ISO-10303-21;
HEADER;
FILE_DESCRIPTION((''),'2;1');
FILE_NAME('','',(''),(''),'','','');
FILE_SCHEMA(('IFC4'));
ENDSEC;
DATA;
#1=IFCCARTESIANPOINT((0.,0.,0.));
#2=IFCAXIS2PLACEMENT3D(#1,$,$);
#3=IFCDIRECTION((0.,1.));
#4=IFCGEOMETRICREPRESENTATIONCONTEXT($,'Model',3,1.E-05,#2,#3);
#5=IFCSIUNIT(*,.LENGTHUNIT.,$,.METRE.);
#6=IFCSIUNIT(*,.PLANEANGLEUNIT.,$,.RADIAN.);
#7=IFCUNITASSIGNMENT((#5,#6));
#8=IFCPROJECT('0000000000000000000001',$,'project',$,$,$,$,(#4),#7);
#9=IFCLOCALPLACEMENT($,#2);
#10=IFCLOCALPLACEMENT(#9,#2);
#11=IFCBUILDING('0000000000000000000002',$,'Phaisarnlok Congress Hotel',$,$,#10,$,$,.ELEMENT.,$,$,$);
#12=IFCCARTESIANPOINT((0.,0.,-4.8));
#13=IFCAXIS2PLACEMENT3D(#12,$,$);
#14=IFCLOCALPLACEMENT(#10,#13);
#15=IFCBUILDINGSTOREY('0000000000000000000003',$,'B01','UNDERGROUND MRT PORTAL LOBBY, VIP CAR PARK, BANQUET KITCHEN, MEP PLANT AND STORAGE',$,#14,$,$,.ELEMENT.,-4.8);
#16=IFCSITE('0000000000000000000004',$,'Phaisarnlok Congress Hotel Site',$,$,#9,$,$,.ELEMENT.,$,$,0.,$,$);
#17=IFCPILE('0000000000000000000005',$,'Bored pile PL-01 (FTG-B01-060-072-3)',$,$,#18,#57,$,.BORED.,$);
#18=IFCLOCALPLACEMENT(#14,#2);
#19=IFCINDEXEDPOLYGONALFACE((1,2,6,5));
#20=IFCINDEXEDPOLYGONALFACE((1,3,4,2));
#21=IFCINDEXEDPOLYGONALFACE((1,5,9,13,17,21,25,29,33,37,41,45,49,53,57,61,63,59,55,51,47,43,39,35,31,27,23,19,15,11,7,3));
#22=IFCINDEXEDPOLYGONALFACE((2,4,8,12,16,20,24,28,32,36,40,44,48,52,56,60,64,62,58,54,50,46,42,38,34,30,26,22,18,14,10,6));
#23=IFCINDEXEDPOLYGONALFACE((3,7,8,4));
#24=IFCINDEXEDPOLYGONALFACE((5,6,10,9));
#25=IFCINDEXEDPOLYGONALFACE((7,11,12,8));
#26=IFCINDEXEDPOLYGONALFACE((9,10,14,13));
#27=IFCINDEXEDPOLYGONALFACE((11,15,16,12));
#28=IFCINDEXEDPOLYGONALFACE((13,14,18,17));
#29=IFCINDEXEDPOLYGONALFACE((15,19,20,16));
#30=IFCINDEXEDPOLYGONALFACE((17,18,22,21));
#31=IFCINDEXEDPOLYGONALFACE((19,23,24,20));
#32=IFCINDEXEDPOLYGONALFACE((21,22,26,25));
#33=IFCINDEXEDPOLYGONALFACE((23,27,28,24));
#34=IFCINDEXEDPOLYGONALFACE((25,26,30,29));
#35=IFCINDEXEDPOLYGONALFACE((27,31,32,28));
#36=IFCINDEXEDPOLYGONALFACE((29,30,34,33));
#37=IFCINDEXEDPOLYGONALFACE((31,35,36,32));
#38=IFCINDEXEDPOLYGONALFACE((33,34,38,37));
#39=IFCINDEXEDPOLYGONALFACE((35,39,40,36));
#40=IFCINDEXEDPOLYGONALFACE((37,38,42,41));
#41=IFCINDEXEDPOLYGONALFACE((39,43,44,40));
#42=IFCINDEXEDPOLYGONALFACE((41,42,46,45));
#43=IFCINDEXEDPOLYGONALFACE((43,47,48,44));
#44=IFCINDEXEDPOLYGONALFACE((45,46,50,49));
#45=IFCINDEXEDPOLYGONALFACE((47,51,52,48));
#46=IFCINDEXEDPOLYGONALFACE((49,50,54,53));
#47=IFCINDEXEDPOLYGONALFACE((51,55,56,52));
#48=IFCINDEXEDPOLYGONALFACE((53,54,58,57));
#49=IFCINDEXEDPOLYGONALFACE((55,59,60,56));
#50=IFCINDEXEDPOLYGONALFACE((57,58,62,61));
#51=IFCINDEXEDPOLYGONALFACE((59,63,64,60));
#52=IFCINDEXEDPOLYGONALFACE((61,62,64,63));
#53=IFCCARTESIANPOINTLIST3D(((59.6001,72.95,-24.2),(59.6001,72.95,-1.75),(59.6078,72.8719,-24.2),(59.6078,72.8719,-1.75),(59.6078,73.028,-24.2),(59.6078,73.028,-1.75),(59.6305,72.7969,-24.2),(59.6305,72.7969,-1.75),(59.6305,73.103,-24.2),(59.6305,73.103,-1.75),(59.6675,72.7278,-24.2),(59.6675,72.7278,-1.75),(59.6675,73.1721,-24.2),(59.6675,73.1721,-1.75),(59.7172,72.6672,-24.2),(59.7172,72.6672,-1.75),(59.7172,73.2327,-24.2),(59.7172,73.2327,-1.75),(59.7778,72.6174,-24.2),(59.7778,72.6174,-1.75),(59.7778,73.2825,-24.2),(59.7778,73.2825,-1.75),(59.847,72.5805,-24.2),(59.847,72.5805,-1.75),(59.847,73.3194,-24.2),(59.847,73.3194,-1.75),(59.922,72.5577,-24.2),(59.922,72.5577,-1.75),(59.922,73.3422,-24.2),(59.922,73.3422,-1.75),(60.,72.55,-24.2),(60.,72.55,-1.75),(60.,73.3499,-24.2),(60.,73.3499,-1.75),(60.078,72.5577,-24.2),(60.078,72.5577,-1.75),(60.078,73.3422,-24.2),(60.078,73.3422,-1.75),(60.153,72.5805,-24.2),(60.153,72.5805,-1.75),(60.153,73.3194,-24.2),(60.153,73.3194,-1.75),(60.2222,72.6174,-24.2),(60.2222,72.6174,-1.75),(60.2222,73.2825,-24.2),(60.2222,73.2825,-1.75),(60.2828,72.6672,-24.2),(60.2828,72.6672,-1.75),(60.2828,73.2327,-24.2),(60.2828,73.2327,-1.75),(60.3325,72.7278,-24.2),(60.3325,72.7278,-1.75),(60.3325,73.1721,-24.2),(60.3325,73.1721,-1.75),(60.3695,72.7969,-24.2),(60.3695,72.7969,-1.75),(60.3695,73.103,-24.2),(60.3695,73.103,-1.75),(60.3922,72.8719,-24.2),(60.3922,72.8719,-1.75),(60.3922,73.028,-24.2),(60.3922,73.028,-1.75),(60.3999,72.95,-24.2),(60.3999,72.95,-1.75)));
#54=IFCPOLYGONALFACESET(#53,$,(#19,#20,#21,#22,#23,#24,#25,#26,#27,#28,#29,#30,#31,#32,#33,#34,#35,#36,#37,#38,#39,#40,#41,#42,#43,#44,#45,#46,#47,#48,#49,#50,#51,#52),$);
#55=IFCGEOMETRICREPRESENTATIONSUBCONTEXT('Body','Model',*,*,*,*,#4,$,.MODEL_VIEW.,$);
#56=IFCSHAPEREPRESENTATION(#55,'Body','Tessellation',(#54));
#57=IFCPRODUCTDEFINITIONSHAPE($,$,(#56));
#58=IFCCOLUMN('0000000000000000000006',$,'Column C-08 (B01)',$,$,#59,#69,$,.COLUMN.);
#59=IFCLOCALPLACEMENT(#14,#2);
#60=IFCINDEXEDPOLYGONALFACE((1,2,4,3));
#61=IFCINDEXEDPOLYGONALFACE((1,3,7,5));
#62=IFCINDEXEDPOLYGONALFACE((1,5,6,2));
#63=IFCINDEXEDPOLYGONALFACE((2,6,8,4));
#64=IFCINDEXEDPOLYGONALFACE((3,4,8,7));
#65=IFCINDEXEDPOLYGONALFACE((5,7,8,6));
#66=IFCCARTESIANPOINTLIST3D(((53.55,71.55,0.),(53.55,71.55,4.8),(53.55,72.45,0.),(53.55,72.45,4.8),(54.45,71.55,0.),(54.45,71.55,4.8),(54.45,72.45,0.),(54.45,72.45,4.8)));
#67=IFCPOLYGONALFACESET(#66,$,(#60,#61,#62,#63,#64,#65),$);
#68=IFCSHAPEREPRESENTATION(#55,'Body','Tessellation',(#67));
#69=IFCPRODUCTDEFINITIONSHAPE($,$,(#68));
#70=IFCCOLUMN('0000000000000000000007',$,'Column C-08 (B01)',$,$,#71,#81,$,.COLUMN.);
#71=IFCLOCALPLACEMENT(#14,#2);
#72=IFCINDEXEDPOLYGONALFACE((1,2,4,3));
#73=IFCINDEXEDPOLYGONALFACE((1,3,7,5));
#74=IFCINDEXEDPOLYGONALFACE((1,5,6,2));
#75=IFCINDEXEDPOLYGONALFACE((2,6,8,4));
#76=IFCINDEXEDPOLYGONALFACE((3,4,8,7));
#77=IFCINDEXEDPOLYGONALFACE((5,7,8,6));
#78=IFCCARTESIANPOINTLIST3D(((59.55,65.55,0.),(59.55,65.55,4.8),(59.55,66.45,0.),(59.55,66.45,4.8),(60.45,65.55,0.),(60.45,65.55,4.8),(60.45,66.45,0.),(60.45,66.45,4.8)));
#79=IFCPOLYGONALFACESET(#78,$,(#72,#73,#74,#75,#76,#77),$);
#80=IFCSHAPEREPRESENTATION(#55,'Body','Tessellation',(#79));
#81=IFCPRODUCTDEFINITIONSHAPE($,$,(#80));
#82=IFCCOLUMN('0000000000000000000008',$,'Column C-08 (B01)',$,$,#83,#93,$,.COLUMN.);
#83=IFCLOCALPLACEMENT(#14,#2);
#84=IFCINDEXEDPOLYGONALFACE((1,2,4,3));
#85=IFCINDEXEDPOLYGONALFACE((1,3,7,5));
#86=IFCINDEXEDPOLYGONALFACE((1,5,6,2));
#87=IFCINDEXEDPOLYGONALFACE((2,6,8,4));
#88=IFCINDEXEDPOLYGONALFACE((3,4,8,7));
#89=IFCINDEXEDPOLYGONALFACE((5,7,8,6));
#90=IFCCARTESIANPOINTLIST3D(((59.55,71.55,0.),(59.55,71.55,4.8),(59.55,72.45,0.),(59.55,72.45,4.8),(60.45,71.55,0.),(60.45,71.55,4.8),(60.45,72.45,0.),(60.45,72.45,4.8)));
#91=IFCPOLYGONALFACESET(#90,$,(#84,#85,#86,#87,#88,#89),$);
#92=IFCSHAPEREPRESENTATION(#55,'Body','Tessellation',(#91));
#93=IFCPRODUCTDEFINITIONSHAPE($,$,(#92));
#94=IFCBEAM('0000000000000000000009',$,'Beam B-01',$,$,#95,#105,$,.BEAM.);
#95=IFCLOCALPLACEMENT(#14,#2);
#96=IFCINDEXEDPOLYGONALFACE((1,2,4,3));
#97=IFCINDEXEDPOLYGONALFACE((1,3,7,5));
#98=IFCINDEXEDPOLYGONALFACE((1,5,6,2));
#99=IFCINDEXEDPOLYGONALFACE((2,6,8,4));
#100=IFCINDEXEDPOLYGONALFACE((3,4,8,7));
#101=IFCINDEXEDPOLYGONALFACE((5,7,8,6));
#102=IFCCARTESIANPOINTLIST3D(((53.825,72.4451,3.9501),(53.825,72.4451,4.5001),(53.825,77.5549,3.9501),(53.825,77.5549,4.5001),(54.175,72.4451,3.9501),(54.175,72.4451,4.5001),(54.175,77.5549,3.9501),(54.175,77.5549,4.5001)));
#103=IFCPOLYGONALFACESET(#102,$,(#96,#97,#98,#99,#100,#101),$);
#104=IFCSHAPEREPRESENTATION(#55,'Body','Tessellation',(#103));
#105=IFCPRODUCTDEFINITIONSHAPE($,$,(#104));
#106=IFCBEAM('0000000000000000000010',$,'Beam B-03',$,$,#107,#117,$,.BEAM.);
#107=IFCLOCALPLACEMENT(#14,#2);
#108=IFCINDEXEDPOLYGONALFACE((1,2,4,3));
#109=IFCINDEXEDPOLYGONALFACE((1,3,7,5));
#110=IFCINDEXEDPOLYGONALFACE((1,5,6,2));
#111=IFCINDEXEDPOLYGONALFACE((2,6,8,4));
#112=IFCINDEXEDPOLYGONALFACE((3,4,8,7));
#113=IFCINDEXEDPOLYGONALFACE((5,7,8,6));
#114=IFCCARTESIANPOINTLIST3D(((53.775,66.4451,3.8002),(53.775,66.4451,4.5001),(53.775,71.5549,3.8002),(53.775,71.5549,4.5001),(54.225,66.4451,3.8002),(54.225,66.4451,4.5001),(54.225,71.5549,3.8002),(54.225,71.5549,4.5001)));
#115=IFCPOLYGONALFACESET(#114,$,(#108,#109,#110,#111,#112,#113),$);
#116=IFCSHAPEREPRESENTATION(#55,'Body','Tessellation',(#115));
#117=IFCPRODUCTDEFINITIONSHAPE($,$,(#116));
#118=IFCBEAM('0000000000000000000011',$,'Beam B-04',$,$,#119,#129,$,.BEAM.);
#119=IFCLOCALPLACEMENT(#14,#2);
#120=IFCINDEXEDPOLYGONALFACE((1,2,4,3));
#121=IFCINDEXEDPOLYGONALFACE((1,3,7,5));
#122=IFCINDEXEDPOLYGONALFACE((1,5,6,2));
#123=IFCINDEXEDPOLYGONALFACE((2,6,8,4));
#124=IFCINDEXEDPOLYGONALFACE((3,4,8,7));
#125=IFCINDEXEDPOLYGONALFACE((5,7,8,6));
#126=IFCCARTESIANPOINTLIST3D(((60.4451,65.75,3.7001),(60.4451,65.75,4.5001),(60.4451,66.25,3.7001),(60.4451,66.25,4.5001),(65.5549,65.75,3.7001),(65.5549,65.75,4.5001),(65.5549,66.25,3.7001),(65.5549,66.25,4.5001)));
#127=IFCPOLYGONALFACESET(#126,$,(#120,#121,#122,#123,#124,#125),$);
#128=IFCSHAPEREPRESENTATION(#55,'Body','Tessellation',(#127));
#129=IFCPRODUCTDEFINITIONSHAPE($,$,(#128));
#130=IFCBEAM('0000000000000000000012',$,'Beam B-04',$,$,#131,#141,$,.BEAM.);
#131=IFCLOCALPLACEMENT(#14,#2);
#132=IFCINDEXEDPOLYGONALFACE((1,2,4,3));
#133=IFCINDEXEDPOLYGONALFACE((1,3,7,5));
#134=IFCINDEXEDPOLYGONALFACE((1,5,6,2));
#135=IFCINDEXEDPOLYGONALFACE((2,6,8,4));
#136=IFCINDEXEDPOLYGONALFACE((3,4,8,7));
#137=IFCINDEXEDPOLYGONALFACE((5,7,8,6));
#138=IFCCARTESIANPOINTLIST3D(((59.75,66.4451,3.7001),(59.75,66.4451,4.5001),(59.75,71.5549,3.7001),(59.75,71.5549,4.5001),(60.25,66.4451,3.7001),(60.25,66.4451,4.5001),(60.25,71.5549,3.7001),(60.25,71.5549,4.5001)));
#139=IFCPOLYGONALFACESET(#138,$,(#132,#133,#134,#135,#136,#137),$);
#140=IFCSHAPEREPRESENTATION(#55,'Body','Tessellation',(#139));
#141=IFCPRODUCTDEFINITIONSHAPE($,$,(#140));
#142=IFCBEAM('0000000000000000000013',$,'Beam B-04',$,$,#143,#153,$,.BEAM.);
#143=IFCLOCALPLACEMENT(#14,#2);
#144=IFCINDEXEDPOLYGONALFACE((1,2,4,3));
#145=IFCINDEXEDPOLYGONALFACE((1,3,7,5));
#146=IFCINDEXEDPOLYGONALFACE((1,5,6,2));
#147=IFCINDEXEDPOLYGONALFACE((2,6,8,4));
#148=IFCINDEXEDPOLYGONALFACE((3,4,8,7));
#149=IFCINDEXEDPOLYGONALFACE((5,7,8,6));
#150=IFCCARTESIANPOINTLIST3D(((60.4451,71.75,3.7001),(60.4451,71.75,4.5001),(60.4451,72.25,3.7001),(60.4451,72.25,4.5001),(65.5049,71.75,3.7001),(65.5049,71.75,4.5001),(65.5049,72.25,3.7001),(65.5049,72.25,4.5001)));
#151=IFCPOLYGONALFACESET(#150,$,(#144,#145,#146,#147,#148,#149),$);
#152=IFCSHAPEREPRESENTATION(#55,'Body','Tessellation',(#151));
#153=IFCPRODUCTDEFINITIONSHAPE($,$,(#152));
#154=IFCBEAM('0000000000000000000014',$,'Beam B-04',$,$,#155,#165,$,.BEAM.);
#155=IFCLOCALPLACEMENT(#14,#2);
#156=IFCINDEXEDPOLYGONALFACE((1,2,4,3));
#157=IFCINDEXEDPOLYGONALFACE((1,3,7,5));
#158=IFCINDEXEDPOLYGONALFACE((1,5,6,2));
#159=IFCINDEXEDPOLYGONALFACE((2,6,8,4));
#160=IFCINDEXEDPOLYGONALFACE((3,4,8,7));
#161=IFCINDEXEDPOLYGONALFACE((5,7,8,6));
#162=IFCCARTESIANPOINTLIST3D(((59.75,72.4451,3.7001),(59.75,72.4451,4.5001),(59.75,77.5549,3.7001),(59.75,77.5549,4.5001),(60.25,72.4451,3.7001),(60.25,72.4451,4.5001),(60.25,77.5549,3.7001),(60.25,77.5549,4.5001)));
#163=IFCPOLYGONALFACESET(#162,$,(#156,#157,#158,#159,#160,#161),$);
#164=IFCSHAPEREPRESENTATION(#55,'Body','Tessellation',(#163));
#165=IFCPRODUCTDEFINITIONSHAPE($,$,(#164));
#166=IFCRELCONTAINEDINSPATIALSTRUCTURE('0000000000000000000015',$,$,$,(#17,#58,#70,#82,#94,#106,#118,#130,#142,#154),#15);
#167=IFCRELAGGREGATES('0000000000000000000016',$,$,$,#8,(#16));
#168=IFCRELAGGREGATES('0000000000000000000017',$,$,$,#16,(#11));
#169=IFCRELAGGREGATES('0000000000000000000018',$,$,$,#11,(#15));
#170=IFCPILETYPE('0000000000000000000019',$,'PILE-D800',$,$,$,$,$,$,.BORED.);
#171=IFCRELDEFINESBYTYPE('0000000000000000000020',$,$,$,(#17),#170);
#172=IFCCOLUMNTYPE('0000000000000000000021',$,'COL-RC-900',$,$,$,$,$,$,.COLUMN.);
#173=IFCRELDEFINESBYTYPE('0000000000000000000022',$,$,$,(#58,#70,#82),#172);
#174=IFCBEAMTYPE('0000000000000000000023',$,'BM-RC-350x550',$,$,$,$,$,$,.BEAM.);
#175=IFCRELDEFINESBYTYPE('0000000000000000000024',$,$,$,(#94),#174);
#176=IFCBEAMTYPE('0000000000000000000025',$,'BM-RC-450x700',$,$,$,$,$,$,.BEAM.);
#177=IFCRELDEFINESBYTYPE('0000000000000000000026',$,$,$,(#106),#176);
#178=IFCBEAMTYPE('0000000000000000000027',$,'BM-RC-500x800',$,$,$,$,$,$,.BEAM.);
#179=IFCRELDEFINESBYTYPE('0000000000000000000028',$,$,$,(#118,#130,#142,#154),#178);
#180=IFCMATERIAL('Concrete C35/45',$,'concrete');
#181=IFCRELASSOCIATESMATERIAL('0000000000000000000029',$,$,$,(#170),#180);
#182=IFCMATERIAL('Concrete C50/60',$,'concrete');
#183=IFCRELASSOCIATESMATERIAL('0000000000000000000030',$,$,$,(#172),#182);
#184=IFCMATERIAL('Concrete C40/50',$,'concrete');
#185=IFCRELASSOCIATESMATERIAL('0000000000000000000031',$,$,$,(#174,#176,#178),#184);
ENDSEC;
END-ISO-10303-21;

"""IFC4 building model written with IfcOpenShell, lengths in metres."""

from ifc_helpers import new_model, si_unit, direction, frame, origin, origin_2d, place, context, subcontext, project, spatial, rectangle, circle, extrude, material, material_profile, profile_set, type_object, element, save


model = new_model("IFC4")

# Units and contexts
model_context = context("Model", 3, precision=1e-05, world=origin(), true_north=direction((0.0, 1.0)))
body_context = subcontext(model_context, "Body", "Model", "MODEL_VIEW")
ifc_project = project(units=[si_unit("LENGTHUNIT", "METRE"), si_unit("PLANEANGLEUNIT", "RADIAN")], contexts=[model_context])

# Site, building, storey
site_placement = place(None, origin())
site = spatial("IfcSite", under=ifc_project, at=site_placement, Name="Phaisarnlok Congress Hotel Site", CompositionType="ELEMENT", RefElevation=0.0)
building_placement = place(site_placement, origin())
building = spatial("IfcBuilding", under=site, at=building_placement, Name="Phaisarnlok Congress Hotel", CompositionType="ELEMENT")
storey_placement = place(building_placement, frame((0.0, 0.0, -4.8)))
storey = spatial("IfcBuildingStorey", under=building, at=storey_placement, Name="B01", Description="UNDERGROUND MRT PORTAL LOBBY, VIP CAR PARK, BANQUET KITCHEN, MEP PLANT AND STORAGE", CompositionType="ELEMENT", Elevation=-4.8)

# Shared definitions
ifc_material_1 = material(Name="Concrete C40/50", Category="concrete")

# Pile
ifc_material_2 = material(Name="Concrete C35/45", Category="concrete")
ifc_material_profile_1 = material_profile(ifc_material_2, circle(Radius=0.3999, at=origin_2d()), Name="BORED PILE D800")
ifc_profile_set_1 = profile_set([ifc_material_profile_1], Name="Concrete C35/45")
pile_type_1 = type_object("IfcPileType", Name="PILE-D800", PredefinedType="BORED", material=ifc_profile_set_1)
for number, where, z_axis, x_axis, name in (
    (1, (60.0, 72.95, -1.75), (0.0, 0.0, -1.0), (1.0, 0.0, 0.0), "Bored pile PL-01 (FTG-B01-060-072-3)"),
):
    element("IfcPile", number, at=place(storey_placement, frame(where, z_axis=z_axis, x_axis=x_axis)), inside=storey, type_object=pile_type_1, Name=name, PredefinedType="BORED", context=body_context, shape_type="SweptSolid", body=[
        extrude(circle(Radius=0.3999, at=origin_2d()), origin(), (0.0, 0.0, 1.0), 22.45),
    ])

# Columns
ifc_material_3 = material(Name="Concrete C50/60", Category="concrete")
ifc_material_profile_2 = material_profile(ifc_material_3, rectangle(XDim=0.8999, YDim=0.8999, at=origin_2d()), Name="RC 900x900")
ifc_profile_set_2 = profile_set([ifc_material_profile_2], Name="Concrete C50/60")
column_type = type_object("IfcColumnType", Name="COL-RC-900", PredefinedType="COLUMN", material=ifc_profile_set_2)
for number, where, z_axis, x_axis, name in (
    (2, (54.0, 72.0, 0.0), (0.0, 0.0, 1.0), (1.0, 0.0, 0.0), "Column C-08 (B01)"),
    (3, (60.0, 66.0, 0.0), (0.0, 0.0, 1.0), (1.0, 0.0, 0.0), "Column C-08 (B01)"),
    (4, (60.0, 72.0, 0.0), (0.0, 0.0, 1.0), (1.0, 0.0, 0.0), "Column C-08 (B01)"),
):
    element("IfcColumn", number, at=place(storey_placement, frame(where, z_axis=z_axis, x_axis=x_axis)), inside=storey, type_object=column_type, Name=name, PredefinedType="COLUMN", context=body_context, shape_type="SweptSolid", body=[
        extrude(rectangle(XDim=0.8999, YDim=0.8999, at=origin_2d()), origin(), (0.0, 0.0, 1.0), 4.8),
    ])

# Beams
ifc_material_profile_3 = material_profile(ifc_material_1, rectangle(XDim=0.3501, YDim=0.55, at=origin_2d()), Name="RC 350x550")
ifc_profile_set_3 = profile_set([ifc_material_profile_3], Name="Concrete C40/50")
beam_type_1 = type_object("IfcBeamType", Name="BM-RC-350x550", PredefinedType="BEAM", material=ifc_profile_set_3)
beam_1_placement = place(storey_placement, frame((54.0, 72.4451, 4.2251), z_axis=(0.0, 1.0, 0.0), x_axis=(-1.0, 0.0, 0.0)))
element("IfcBeam", 5, at=beam_1_placement, inside=storey, type_object=beam_type_1, Name="Beam B-01", PredefinedType="BEAM", context=body_context, shape_type="SweptSolid", body=[
    extrude(rectangle(XDim=0.3501, YDim=0.55, at=origin_2d()), origin(), (0.0, 0.0, 1.0), 5.1099),
])
ifc_material_profile_4 = material_profile(ifc_material_1, rectangle(XDim=0.45, YDim=0.7, at=origin_2d()), Name="RC 450x700")
ifc_profile_set_4 = profile_set([ifc_material_profile_4], Name="Concrete C40/50")
beam_type_2 = type_object("IfcBeamType", Name="BM-RC-450x700", PredefinedType="BEAM", material=ifc_profile_set_4)
beam_2_placement = place(storey_placement, frame((54.0, 66.4451, 4.1501), z_axis=(0.0, 1.0, 0.0), x_axis=(-1.0, 0.0, 0.0)))
element("IfcBeam", 6, at=beam_2_placement, inside=storey, type_object=beam_type_2, Name="Beam B-03", PredefinedType="BEAM", context=body_context, shape_type="SweptSolid", body=[
    extrude(rectangle(XDim=0.45, YDim=0.7, at=origin_2d()), origin(), (0.0, 0.0, 1.0), 5.1099),
])
ifc_material_profile_5 = material_profile(ifc_material_1, rectangle(XDim=0.5, YDim=0.8, at=origin_2d()), Name="RC 500x800")
ifc_profile_set_5 = profile_set([ifc_material_profile_5], Name="Concrete C40/50")
beam_type_3 = type_object("IfcBeamType", Name="BM-RC-500x800", PredefinedType="BEAM", material=ifc_profile_set_5)
for number, where, z_axis, x_axis, name in (
    (7, (60.4451, 66.0, 4.1001), (1.0, 0.0, 0.0), (0.0, 1.0, 0.0), "Beam B-04"),
    (8, (60.0, 66.4451, 4.1001), (0.0, 1.0, 0.0), (-1.0, 0.0, 0.0), "Beam B-04"),
):
    element("IfcBeam", number, at=place(storey_placement, frame(where, z_axis=z_axis, x_axis=x_axis)), inside=storey, type_object=beam_type_3, Name=name, PredefinedType="BEAM", context=body_context, shape_type="SweptSolid", body=[
        extrude(rectangle(XDim=0.5, YDim=0.8, at=origin_2d()), origin(), (0.0, 0.0, 1.0), 5.1099),
    ])
beam_3_placement = place(storey_placement, frame((60.4451, 72.0, 4.1001), z_axis=(1.0, 0.0, 0.0), x_axis=(0.0, 1.0, 0.0)))
element("IfcBeam", 9, at=beam_3_placement, inside=storey, type_object=beam_type_3, Name="Beam B-04", PredefinedType="BEAM", context=body_context, shape_type="SweptSolid", body=[
    extrude(rectangle(XDim=0.5, YDim=0.8, at=origin_2d()), origin(), (0.0, 0.0, 1.0), 5.0598),
])
beam_4_placement = place(storey_placement, frame((60.0, 72.4451, 4.1001), z_axis=(0.0, 1.0, 0.0), x_axis=(-1.0, 0.0, 0.0)))
element("IfcBeam", 10, at=beam_4_placement, inside=storey, type_object=beam_type_3, Name="Beam B-04", PredefinedType="BEAM", context=body_context, shape_type="SweptSolid", body=[
    extrude(rectangle(XDim=0.5, YDim=0.8, at=origin_2d()), origin(), (0.0, 0.0, 1.0), 5.1099),
])

save(model, "model.ifc")
